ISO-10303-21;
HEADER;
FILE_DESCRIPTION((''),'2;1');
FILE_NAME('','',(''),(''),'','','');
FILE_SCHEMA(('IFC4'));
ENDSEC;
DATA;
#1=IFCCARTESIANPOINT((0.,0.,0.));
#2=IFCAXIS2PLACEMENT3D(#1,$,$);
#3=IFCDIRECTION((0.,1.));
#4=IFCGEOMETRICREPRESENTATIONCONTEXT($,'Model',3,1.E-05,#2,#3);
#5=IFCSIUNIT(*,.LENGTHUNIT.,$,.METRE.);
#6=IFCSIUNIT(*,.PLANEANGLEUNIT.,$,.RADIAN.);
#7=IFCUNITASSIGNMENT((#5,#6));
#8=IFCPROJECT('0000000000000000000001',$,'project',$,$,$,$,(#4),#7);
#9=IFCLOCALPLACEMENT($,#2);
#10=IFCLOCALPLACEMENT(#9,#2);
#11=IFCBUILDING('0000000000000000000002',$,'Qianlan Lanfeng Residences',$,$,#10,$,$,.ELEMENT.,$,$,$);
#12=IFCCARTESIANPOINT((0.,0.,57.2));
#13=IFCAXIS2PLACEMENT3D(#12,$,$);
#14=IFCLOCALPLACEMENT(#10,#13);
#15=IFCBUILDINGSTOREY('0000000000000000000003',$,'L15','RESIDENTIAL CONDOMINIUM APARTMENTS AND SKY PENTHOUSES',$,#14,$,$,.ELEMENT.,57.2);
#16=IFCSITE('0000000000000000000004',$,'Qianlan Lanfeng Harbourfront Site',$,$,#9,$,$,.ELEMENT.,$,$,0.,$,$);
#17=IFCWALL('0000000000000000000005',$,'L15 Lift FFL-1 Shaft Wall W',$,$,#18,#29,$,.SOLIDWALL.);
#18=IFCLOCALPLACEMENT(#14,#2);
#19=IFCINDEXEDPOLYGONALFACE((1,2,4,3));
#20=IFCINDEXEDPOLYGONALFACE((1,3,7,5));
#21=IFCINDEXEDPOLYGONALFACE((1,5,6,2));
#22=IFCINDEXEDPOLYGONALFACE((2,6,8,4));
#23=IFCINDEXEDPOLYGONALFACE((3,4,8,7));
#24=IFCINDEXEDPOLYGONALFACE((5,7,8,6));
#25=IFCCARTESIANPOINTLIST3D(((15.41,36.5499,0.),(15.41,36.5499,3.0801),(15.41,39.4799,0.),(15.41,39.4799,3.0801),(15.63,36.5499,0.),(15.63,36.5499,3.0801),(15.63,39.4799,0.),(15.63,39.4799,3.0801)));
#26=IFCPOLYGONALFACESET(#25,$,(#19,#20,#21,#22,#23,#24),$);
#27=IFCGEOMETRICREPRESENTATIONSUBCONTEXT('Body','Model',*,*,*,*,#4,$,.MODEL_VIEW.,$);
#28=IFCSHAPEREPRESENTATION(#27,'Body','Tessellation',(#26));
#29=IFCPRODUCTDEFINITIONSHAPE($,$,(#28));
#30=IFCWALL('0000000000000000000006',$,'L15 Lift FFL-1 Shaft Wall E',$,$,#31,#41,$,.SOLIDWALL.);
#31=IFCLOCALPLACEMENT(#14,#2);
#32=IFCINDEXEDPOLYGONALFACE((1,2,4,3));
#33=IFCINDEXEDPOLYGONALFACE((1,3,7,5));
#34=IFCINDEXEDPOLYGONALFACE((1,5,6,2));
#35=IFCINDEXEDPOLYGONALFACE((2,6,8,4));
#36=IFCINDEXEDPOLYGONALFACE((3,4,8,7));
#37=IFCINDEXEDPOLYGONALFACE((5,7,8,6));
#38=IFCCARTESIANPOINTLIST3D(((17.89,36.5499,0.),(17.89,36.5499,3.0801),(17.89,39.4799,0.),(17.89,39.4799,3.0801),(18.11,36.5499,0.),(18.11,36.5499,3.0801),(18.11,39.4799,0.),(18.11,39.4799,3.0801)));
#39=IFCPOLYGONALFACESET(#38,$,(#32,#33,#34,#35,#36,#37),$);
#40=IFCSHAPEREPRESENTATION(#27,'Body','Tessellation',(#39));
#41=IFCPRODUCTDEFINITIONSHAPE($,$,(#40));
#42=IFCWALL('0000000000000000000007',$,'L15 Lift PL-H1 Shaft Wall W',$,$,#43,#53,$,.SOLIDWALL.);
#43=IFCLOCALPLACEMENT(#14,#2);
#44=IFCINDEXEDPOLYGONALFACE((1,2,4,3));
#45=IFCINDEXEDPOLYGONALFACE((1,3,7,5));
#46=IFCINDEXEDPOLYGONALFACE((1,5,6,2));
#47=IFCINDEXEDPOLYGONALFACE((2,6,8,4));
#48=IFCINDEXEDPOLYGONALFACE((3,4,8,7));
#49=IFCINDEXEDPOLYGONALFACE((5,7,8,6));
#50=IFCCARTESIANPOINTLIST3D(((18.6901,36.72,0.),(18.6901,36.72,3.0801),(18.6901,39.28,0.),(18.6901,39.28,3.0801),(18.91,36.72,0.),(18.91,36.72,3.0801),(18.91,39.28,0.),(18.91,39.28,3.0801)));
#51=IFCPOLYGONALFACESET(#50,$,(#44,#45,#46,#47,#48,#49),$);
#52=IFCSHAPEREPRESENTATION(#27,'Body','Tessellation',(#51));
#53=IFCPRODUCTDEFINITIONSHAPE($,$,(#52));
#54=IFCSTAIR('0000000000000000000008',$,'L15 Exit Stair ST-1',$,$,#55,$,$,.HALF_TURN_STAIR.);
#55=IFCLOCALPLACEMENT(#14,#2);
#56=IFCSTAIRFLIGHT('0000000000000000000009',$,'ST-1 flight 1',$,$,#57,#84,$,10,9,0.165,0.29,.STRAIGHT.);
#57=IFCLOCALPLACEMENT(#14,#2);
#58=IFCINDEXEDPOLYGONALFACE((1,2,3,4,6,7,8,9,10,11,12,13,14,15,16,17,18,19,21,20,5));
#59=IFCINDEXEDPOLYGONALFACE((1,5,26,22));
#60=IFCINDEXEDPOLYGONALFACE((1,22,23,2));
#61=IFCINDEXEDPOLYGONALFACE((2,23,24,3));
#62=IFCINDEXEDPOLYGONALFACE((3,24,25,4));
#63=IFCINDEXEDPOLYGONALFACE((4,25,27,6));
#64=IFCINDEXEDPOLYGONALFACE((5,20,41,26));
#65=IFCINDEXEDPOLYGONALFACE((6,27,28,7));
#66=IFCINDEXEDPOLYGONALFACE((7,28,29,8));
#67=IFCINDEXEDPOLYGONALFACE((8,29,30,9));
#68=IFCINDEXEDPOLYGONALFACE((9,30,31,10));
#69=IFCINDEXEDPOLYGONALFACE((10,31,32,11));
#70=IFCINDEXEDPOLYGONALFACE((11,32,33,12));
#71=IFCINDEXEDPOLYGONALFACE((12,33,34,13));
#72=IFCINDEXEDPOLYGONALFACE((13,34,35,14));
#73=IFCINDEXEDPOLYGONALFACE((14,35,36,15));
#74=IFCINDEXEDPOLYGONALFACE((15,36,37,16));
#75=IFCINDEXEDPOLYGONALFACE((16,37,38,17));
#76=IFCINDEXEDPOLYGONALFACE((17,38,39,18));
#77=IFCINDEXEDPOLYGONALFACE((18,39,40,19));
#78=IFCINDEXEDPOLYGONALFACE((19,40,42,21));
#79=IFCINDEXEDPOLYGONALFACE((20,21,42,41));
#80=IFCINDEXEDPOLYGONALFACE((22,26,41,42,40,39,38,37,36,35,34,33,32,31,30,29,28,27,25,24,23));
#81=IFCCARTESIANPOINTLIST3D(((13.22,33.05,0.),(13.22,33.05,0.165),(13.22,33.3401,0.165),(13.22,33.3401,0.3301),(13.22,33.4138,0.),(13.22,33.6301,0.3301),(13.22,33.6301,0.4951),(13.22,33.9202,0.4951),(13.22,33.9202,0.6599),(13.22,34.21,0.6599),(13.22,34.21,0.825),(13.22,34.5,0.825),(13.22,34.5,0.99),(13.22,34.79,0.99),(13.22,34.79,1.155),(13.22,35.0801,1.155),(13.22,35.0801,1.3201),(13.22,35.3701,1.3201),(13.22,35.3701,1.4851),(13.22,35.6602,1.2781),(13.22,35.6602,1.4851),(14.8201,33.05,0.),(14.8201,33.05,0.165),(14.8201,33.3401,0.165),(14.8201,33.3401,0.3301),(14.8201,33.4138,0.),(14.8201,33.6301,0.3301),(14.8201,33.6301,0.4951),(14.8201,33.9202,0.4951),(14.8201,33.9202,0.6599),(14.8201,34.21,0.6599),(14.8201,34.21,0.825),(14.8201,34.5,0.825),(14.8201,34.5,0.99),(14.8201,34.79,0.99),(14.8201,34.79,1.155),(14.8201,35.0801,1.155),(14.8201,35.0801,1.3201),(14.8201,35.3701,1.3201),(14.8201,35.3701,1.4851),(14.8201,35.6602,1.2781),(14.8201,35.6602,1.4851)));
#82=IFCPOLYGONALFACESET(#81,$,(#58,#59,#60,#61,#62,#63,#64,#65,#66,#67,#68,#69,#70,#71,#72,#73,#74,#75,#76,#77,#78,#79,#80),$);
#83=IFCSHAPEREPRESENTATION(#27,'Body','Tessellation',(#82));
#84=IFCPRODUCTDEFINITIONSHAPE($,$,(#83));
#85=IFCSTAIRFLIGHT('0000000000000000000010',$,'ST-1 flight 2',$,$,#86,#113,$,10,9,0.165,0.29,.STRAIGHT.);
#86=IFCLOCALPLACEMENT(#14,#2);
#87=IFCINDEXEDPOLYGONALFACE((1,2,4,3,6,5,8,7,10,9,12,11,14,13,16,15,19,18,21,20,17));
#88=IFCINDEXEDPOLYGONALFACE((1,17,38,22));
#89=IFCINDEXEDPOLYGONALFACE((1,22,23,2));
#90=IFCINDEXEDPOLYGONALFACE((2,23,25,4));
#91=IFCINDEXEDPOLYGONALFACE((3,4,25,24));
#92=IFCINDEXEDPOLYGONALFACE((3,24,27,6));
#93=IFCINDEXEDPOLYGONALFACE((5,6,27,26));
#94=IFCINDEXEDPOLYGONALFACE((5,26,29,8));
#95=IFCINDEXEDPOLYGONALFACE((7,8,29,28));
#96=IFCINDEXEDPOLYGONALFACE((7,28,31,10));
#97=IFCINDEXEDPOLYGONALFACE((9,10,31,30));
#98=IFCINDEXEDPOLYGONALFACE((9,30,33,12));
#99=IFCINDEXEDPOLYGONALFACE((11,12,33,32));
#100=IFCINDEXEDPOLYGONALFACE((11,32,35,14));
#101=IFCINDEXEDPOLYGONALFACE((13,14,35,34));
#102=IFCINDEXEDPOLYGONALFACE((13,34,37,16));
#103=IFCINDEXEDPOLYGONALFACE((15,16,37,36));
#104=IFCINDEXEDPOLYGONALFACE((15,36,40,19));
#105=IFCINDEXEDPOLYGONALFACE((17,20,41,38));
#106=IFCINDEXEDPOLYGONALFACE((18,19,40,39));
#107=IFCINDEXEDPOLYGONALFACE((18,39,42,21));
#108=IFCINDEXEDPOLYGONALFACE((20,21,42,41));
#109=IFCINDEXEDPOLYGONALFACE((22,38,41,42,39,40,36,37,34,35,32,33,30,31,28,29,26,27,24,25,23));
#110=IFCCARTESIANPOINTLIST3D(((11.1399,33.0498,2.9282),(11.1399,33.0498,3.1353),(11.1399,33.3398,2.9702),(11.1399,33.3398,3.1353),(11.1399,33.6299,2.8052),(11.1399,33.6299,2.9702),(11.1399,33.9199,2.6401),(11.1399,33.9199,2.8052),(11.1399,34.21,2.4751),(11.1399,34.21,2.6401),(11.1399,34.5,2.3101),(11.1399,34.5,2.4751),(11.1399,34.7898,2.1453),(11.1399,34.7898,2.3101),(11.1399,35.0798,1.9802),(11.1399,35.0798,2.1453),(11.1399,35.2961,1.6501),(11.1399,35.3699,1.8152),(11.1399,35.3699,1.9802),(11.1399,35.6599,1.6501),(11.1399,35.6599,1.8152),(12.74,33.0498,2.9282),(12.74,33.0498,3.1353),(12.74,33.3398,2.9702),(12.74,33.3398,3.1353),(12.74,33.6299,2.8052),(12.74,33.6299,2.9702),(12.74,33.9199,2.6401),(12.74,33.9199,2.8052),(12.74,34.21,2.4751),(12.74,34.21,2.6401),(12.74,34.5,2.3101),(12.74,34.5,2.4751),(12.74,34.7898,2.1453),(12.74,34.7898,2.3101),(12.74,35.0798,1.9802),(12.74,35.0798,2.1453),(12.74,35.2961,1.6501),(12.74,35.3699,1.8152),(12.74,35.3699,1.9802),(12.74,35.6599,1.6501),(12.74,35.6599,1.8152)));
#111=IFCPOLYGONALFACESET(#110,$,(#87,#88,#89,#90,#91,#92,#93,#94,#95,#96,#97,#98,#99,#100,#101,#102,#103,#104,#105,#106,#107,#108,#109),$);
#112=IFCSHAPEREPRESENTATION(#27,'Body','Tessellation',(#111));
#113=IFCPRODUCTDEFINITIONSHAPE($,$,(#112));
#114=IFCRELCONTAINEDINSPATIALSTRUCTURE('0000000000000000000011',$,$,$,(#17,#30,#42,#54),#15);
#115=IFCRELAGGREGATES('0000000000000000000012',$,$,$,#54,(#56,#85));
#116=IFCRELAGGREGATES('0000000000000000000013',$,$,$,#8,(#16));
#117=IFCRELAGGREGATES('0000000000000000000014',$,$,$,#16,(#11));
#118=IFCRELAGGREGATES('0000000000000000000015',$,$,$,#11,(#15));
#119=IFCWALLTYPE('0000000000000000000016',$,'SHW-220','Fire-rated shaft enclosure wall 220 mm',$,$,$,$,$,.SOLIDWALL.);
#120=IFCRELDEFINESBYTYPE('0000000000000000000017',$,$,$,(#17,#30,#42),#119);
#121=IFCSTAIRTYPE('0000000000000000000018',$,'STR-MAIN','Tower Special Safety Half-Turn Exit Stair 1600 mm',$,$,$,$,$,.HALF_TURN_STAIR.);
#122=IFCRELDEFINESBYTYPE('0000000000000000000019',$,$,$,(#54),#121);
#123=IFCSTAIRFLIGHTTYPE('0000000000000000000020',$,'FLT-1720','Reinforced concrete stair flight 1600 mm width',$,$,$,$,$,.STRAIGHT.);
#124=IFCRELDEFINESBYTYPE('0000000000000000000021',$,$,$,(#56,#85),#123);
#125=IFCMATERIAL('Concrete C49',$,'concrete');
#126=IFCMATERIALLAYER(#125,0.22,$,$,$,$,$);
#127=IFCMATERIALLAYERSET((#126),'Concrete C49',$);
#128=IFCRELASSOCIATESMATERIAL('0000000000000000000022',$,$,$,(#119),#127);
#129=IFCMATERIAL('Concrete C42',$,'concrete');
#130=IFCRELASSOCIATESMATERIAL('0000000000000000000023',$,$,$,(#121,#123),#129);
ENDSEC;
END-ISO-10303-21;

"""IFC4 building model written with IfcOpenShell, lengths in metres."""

from ifc_helpers import new_model, si_unit, direction, frame, frame_2d, origin, place, context, subcontext, project, spatial, polyline, rectangle, outline, extrude, material, layer, layer_set, type_object, element, aggregate, save


model = new_model("IFC4")

# Units and contexts
model_context = context("Model", 3, precision=1e-05, world=origin(), true_north=direction((0.0, 1.0)))
body_context = subcontext(model_context, "Body", "Model", "MODEL_VIEW")
ifc_project = project(units=[si_unit("LENGTHUNIT", "METRE"), si_unit("PLANEANGLEUNIT", "RADIAN")], contexts=[model_context])

# Site, building, storey
site_placement = place(None, origin())
site = spatial("IfcSite", under=ifc_project, at=site_placement, Name="Qianlan Lanfeng Harbourfront Site", CompositionType="ELEMENT", RefElevation=0.0)
building_placement = place(site_placement, origin())
building = spatial("IfcBuilding", under=site, at=building_placement, Name="Qianlan Lanfeng Residences", CompositionType="ELEMENT")
storey_placement = place(building_placement, frame((0.0, 0.0, 57.2)))
storey = spatial("IfcBuildingStorey", under=building, at=storey_placement, Name="L15", Description="RESIDENTIAL CONDOMINIUM APARTMENTS AND SKY PENTHOUSES", CompositionType="ELEMENT", Elevation=57.2)

# Walls
ifc_material_1 = material(Name="Concrete C49", Category="concrete")
ifc_layer_1 = layer(ifc_material_1, 0.22)
ifc_layer_set_1 = layer_set([ifc_layer_1], Name="Concrete C49")
wall_type_1 = type_object("IfcWallType", Name="SHW-220", Description="Fire-rated shaft enclosure wall 220 mm", PredefinedType="SOLIDWALL", material=ifc_layer_set_1)
for number, where, z_axis, x_axis, name in (
    (1, (15.52, 36.55, 0.0), (0.0, 0.0, 1.0), (0.0, 1.0, 0.0), "L15 Lift FFL-1 Shaft Wall W"),
    (2, (18.0, 36.55, 0.0), (0.0, 0.0, 1.0), (0.0, 1.0, 0.0), "L15 Lift FFL-1 Shaft Wall E"),
):
    element("IfcWall", number, at=place(storey_placement, frame(where, z_axis=z_axis, x_axis=x_axis)), inside=storey, type_object=wall_type_1, Name=name, PredefinedType="SOLIDWALL", context=body_context, shape_type="SweptSolid", body=[
        extrude(rectangle(XDim=2.9299, YDim=0.22, at=frame_2d((1.4648, 0.0))), origin(), (0.0, 0.0, 1.0), 3.0801),
    ])
wall_1_placement = place(storey_placement, frame((18.8, 36.72, 0.0), z_axis=(0.0, 0.0, 1.0), x_axis=(0.0, 1.0, 0.0)))
element("IfcWall", 3, at=wall_1_placement, inside=storey, type_object=wall_type_1, Name="L15 Lift PL-H1 Shaft Wall W", PredefinedType="SOLIDWALL", context=body_context, shape_type="SweptSolid", body=[
    extrude(rectangle(XDim=2.5601, YDim=0.22, at=frame_2d((1.28, 0.0))), origin(), (0.0, 0.0, 1.0), 3.0801),
])

# Stair, stair flights
ifc_material_2 = material(Name="Concrete C42", Category="concrete")
stair_type = type_object("IfcStairType", Name="STR-MAIN", Description="Tower Special Safety Half-Turn Exit Stair 1600 mm", PredefinedType="HALF_TURN_STAIR", material=ifc_material_2)
stair_placement = place(storey_placement, origin())
stair = element("IfcStair", 4, at=stair_placement, inside=storey, type_object=stair_type, Name="L15 Exit Stair ST-1", PredefinedType="HALF_TURN_STAIR")
stair_flight_type = type_object("IfcStairFlightType", Name="FLT-1720", Description="Reinforced concrete stair flight 1600 mm width", PredefinedType="STRAIGHT", material=ifc_material_2)
stair_flight_1_placement = place(storey_placement, frame((14.02, 33.05, 0.0), z_axis=(0.0, 0.0, 1.0), x_axis=(0.0, 1.0, 0.0)))
stair_flight_1 = element("IfcStairFlight", 5, at=stair_flight_1_placement, type_object=stair_flight_type, Name="ST-1 flight 1", NumberOfRisers=10, NumberOfTreads=9, PredefinedType="STRAIGHT", RiserHeight=0.165, TreadLength=0.29, context=body_context, shape_type="SweptSolid", body=[
    extrude(outline(polyline([(0.0, 0.0), (0.0, 0.165), (0.29, 0.165), (0.29, 0.3301), (0.5801, 0.3301), (0.5801, 0.4951), (0.8701, 0.4951), (0.8701, 0.6599), (1.1599, 0.6599), (1.1599, 0.825), (1.45, 0.825), (1.45, 0.99), (1.74, 0.99), (1.74, 1.155), (2.03, 1.155), (2.03, 1.3201), (2.3201, 1.3201), (2.3201, 1.4851), (2.6101, 1.4851), (2.6101, 1.6499), (2.6101, 1.2781), (0.3638, 0.0), (0.0, 0.0)])), frame((0.0, 0.8, 0.0), z_axis=(0.0, -1.0, 0.0), x_axis=(1.0, 0.0, 0.0)), (0.0, 0.0, 1.0), 1.6001),
])
stair_flight_2_placement = place(storey_placement, frame((11.9399, 35.6599, 1.6501), z_axis=(0.0, 0.0, 1.0), x_axis=(0.0, -1.0, 0.0)))
stair_flight_2 = element("IfcStairFlight", 6, at=stair_flight_2_placement, type_object=stair_flight_type, Name="ST-1 flight 2", NumberOfRisers=10, NumberOfTreads=9, PredefinedType="STRAIGHT", RiserHeight=0.165, TreadLength=0.29, context=body_context, shape_type="SweptSolid", body=[
    extrude(outline(polyline([(0.0, 0.0), (0.0, 0.165), (0.29, 0.165), (0.29, 0.3301), (0.5801, 0.3301), (0.5801, 0.4951), (0.8701, 0.4951), (0.8701, 0.6599), (1.1599, 0.6599), (1.1599, 0.825), (1.45, 0.825), (1.45, 0.99), (1.74, 0.99), (1.74, 1.155), (2.03, 1.155), (2.03, 1.3201), (2.3201, 1.3201), (2.3201, 1.4851), (2.6101, 1.4851), (2.6101, 1.6499), (2.6101, 1.2781), (0.3638, 0.0), (0.0, 0.0)])), frame((0.0, 0.8, 0.0), z_axis=(0.0, -1.0, 0.0), x_axis=(1.0, 0.0, 0.0)), (0.0, 0.0, 1.0), 1.6001),
])
aggregate(stair, [stair_flight_1, stair_flight_2])

save(model, "model.ifc")
